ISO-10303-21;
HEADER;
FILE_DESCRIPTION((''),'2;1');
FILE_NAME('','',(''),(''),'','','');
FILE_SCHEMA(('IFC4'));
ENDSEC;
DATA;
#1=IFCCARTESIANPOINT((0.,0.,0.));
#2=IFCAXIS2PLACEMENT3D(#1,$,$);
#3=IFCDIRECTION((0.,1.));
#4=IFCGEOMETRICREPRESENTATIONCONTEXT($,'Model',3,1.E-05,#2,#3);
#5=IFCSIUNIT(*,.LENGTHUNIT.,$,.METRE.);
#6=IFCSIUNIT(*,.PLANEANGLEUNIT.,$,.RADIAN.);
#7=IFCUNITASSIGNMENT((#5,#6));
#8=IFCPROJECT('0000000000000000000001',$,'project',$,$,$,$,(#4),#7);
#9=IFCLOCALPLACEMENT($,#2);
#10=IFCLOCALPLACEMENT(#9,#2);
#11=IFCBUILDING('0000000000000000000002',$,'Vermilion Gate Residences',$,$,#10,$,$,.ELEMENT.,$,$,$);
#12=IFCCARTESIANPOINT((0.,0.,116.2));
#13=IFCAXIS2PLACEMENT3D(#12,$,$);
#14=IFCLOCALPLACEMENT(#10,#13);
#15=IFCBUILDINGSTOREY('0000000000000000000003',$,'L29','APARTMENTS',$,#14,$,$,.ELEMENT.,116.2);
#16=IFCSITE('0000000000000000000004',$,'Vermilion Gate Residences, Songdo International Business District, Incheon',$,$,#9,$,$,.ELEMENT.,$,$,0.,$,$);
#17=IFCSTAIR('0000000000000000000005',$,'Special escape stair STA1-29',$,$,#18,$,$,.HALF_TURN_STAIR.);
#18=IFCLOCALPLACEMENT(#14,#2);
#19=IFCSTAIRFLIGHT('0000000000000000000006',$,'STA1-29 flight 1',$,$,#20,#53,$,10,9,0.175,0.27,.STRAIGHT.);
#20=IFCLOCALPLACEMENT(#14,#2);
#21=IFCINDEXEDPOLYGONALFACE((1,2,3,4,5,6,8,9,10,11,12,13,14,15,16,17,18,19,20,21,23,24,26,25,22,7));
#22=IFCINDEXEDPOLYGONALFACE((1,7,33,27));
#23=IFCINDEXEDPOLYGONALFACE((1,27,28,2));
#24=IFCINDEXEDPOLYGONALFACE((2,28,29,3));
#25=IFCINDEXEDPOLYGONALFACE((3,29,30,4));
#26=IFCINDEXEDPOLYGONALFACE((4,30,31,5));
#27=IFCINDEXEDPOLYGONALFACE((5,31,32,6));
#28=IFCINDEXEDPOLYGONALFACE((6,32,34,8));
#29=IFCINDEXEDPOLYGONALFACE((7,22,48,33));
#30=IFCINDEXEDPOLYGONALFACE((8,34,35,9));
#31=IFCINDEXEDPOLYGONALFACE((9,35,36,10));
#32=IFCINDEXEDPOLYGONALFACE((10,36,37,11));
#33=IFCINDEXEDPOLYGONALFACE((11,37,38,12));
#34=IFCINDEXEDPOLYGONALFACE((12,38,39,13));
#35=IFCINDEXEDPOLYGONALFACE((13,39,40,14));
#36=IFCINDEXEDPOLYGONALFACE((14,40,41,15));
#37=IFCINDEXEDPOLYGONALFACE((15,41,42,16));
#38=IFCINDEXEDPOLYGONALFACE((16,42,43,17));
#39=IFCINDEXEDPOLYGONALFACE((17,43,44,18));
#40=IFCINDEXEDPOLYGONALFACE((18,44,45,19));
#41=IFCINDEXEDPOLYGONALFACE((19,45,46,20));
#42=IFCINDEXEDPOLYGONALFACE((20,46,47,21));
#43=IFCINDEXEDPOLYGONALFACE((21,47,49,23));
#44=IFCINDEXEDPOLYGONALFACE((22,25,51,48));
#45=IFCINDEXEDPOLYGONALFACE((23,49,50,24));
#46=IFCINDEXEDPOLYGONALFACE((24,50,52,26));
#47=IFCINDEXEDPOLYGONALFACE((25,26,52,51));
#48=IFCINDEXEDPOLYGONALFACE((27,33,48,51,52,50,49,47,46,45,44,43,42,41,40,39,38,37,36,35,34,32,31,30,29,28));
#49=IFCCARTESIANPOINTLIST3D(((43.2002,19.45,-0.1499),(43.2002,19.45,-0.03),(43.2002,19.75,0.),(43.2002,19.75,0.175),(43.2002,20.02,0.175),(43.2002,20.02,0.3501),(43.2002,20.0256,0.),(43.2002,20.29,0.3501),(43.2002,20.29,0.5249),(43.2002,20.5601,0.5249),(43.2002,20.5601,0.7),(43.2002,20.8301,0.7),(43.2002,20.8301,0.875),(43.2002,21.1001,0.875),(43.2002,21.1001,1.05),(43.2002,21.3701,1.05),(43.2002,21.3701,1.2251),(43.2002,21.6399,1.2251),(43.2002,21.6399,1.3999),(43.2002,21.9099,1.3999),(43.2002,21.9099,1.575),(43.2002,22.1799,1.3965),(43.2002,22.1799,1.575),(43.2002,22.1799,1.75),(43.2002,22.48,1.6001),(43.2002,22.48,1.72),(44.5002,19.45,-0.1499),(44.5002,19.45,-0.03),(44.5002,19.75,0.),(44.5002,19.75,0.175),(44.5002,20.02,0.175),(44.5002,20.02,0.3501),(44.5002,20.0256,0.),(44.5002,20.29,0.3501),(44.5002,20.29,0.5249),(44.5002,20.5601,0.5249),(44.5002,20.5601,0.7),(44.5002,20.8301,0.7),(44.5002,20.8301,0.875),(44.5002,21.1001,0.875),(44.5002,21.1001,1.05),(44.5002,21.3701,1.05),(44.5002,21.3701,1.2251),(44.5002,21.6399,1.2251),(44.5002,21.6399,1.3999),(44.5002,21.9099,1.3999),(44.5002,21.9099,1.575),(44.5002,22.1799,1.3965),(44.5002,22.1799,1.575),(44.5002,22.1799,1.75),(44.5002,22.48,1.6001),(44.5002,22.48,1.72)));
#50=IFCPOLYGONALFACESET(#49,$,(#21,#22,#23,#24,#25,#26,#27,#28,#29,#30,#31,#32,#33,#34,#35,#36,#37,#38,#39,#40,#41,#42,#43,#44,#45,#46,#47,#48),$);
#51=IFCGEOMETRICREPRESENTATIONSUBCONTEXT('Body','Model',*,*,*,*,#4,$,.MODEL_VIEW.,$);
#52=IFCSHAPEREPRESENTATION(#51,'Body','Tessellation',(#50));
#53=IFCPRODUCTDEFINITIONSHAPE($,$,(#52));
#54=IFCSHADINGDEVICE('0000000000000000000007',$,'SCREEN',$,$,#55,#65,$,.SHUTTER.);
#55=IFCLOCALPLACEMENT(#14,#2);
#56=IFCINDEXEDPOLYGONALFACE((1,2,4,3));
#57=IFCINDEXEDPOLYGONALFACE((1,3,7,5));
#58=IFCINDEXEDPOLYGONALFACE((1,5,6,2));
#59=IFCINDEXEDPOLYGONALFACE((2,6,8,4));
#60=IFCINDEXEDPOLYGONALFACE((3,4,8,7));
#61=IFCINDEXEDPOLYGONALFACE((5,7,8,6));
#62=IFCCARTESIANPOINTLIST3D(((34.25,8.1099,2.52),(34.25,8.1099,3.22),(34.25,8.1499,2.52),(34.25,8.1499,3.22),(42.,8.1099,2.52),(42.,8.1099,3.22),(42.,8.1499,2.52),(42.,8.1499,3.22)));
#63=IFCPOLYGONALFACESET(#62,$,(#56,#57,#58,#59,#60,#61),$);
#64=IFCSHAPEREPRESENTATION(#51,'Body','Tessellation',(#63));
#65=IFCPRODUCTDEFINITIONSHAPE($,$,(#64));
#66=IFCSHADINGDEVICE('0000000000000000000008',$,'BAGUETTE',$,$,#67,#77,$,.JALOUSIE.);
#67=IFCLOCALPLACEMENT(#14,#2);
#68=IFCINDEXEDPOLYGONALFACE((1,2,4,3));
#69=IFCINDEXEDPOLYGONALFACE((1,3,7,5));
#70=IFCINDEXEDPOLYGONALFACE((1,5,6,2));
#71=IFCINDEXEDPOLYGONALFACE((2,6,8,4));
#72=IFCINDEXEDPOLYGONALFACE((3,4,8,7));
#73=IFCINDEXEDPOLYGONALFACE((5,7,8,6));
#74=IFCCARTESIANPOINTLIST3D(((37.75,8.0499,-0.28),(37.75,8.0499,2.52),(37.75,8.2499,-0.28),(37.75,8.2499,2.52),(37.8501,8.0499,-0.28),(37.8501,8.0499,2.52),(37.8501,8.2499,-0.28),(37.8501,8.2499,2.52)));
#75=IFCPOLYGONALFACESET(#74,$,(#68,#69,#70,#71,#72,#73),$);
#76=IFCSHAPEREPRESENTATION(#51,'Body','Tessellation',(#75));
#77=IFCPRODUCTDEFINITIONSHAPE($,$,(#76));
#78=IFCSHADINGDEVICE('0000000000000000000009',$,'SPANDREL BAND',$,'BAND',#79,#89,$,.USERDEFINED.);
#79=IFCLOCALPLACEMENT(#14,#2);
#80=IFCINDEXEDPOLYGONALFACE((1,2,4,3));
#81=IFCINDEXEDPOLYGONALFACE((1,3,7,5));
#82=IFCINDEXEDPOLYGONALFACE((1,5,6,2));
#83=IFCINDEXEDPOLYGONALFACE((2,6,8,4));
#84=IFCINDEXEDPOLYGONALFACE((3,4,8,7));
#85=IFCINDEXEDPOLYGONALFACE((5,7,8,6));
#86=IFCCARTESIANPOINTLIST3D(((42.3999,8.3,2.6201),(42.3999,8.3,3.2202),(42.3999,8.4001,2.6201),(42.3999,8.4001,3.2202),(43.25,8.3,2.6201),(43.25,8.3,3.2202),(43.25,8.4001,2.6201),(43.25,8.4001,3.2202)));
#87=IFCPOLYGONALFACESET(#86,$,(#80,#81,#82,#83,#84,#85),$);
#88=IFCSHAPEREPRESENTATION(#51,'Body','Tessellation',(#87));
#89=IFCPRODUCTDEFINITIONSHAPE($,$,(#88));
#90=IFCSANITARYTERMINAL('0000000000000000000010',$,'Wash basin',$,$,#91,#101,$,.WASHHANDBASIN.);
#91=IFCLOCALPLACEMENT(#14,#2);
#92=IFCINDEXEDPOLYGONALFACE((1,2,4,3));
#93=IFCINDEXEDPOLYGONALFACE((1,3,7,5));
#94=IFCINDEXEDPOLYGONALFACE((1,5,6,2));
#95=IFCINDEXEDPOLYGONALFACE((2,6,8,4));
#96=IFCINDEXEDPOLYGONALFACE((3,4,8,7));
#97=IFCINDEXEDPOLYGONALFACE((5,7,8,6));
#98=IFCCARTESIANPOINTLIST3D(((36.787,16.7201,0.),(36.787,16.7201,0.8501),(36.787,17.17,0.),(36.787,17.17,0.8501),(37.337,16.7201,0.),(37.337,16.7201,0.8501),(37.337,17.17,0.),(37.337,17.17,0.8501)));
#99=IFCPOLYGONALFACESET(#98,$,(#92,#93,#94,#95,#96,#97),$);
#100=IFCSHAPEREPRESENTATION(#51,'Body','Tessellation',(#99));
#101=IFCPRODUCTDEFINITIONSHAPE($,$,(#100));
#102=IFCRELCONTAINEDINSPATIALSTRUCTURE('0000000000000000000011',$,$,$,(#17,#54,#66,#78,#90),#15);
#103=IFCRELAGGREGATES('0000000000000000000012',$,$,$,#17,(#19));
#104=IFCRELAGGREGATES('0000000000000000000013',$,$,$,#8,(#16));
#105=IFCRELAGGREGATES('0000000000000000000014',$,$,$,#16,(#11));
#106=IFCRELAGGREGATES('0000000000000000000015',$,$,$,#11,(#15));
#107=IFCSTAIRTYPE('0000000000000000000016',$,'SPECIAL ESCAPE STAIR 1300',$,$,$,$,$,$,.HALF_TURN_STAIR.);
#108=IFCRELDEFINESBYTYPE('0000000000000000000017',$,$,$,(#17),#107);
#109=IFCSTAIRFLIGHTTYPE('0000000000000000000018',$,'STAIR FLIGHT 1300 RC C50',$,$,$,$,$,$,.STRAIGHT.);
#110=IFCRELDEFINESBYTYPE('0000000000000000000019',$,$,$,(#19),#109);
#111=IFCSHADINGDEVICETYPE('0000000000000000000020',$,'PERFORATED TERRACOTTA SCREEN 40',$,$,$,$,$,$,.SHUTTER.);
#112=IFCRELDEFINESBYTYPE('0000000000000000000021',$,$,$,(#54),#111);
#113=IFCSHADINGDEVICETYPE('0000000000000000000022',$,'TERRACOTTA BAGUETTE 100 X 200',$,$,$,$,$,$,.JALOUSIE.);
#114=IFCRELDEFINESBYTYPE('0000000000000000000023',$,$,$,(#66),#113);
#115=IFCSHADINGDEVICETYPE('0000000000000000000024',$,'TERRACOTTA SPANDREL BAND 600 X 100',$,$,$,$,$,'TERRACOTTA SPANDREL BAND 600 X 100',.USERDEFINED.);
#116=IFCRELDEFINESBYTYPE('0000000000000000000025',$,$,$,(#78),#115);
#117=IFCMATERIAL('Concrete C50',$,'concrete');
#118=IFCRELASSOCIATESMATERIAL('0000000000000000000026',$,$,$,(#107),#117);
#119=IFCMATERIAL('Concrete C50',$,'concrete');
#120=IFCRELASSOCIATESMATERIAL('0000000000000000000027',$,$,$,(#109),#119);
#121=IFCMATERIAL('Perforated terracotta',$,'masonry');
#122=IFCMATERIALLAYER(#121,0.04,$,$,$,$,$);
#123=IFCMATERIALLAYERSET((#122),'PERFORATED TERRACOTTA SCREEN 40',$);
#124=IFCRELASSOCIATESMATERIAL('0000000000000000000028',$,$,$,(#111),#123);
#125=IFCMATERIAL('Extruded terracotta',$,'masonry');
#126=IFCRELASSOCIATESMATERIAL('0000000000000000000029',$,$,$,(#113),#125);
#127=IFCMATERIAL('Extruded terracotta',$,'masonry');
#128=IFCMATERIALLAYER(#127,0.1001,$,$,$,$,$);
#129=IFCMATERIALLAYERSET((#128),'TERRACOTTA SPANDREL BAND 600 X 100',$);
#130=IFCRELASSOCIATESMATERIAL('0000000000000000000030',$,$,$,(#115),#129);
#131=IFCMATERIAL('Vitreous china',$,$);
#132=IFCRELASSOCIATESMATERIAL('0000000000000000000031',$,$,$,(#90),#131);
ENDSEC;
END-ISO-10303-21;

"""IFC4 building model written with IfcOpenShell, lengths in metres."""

from ifc_helpers import new_model, si_unit, direction, frame, origin, origin_2d, place, context, subcontext, project, spatial, polyline, rectangle, outline, extrude, material, layer, layer_set, material_profile, profile_set, type_object, element, aggregate, save


model = new_model("IFC4")

# Units and contexts
model_context = context("Model", 3, precision=1e-05, world=origin(), true_north=direction((0.0, 1.0)))
body_context = subcontext(model_context, "Body", "Model", "MODEL_VIEW")
ifc_project = project(units=[si_unit("LENGTHUNIT", "METRE"), si_unit("PLANEANGLEUNIT", "RADIAN")], contexts=[model_context])

# Site, building, storey
site_placement = place(None, origin())
site = spatial("IfcSite", under=ifc_project, at=site_placement, Name="Vermilion Gate Residences, Songdo International Business District, Incheon", CompositionType="ELEMENT", RefElevation=0.0)
building_placement = place(site_placement, origin())
building = spatial("IfcBuilding", under=site, at=building_placement, Name="Vermilion Gate Residences", CompositionType="ELEMENT")
storey_placement = place(building_placement, frame((0.0, 0.0, 116.2)))
storey = spatial("IfcBuildingStorey", under=building, at=storey_placement, Name="L29", Description="APARTMENTS", CompositionType="ELEMENT", Elevation=116.2)

# Stair, stair flight
ifc_material_1 = material(Name="Concrete C50", Category="concrete")
stair_type = type_object("IfcStairType", Name="SPECIAL ESCAPE STAIR 1300", PredefinedType="HALF_TURN_STAIR", material=ifc_material_1)
stair_placement = place(storey_placement, origin())
stair = element("IfcStair", 1, at=stair_placement, inside=storey, type_object=stair_type, Name="Special escape stair STA1-29", PredefinedType="HALF_TURN_STAIR")
ifc_material_2 = material(Name="Concrete C50", Category="concrete")
stair_flight_type = type_object("IfcStairFlightType", Name="STAIR FLIGHT 1300 RC C50", PredefinedType="STRAIGHT", material=ifc_material_2)
stair_flight_placement = place(storey_placement, frame((43.8501, 19.75, 0.0), z_axis=(0.0, 0.0, 1.0), x_axis=(0.0, 1.0, 0.0)))
stair_flight = element("IfcStairFlight", 2, at=stair_flight_placement, type_object=stair_flight_type, Name="STA1-29 flight 1", NumberOfRisers=10, NumberOfTreads=9, PredefinedType="STRAIGHT", RiserHeight=0.175, TreadLength=0.27, context=body_context, shape_type="SweptSolid", body=[
    extrude(outline(polyline([(-0.3, -0.1499), (-0.3, -0.03), (0.0, 0.0), (0.0, 0.175), (0.27, 0.175), (0.27, 0.3501), (0.54, 0.3501), (0.54, 0.5249), (0.8101, 0.5249), (0.8101, 0.7), (1.0801, 0.7), (1.0801, 0.875), (1.3501, 0.875), (1.3501, 1.05), (1.6201, 1.05), (1.6201, 1.2251), (1.8899, 1.2251), (1.8899, 1.3999), (2.1599, 1.3999), (2.1599, 1.575), (2.4299, 1.575), (2.4299, 1.75), (2.73, 1.72), (2.73, 1.6001), (2.4299, 1.3965), (0.2756, 0.0), (-0.3, -0.1499)])), frame((0.0, 0.6499, 0.0), z_axis=(0.0, -1.0, 0.0), x_axis=(1.0, 0.0, 0.0)), (0.0, 0.0, 1.0), 1.3),
])
aggregate(stair, [stair_flight])

# Shading device
ifc_material_3 = material(Name="Perforated terracotta", Category="masonry")
ifc_layer_1 = layer(ifc_material_3, 0.04)
ifc_layer_set_1 = layer_set([ifc_layer_1], Name="PERFORATED TERRACOTTA SCREEN 40")
shading_device_type_1 = type_object("IfcShadingDeviceType", Name="PERFORATED TERRACOTTA SCREEN 40", PredefinedType="SHUTTER", material=ifc_layer_set_1)
shading_device_1_placement = place(storey_placement, frame((38.125, 8.1299, 2.52), z_axis=(0.0, 0.0, 1.0), x_axis=(1.0, 0.0, 0.0)))
element("IfcShadingDevice", 3, at=shading_device_1_placement, inside=storey, type_object=shading_device_type_1, Name="SCREEN", PredefinedType="SHUTTER", context=body_context, shape_type="SweptSolid", body=[
    extrude(rectangle(XDim=7.75, YDim=0.04, at=origin_2d()), origin(), (0.0, 0.0, 1.0), 0.7),
])

# Shading devices
ifc_material_4 = material(Name="Extruded terracotta", Category="masonry")
ifc_material_profile_1 = material_profile(ifc_material_4, rectangle(XDim=0.2, YDim=0.1001, at=origin_2d()), Name="BAGUETTE 100 X 200")
ifc_profile_set_1 = profile_set([ifc_material_profile_1], Name="Extruded terracotta")
shading_device_type_2 = type_object("IfcShadingDeviceType", Name="TERRACOTTA BAGUETTE 100 X 200", PredefinedType="JALOUSIE", material=ifc_profile_set_1)
shading_device_2_placement = place(storey_placement, frame((37.8, 8.1499, -0.28), z_axis=(0.0, 0.0, 1.0), x_axis=(0.0, 1.0, 0.0)))
element("IfcShadingDevice", 4, at=shading_device_2_placement, inside=storey, type_object=shading_device_type_2, Name="BAGUETTE", PredefinedType="JALOUSIE", context=body_context, shape_type="SweptSolid", body=[
    extrude(rectangle(XDim=0.2, YDim=0.1001, at=origin_2d()), origin(), (0.0, 0.0, 1.0), 2.8),
])
ifc_material_5 = material(Name="Extruded terracotta", Category="masonry")
ifc_layer_2 = layer(ifc_material_5, 0.1001)
ifc_layer_set_2 = layer_set([ifc_layer_2], Name="TERRACOTTA SPANDREL BAND 600 X 100")
shading_device_type_3 = type_object("IfcShadingDeviceType", Name="TERRACOTTA SPANDREL BAND 600 X 100", ElementType="TERRACOTTA SPANDREL BAND 600 X 100", PredefinedType="USERDEFINED", material=ifc_layer_set_2)
shading_device_3_placement = place(storey_placement, frame((42.825, 8.3501, 2.6201), z_axis=(0.0, 0.0, 1.0), x_axis=(1.0, 0.0, 0.0)))
element("IfcShadingDevice", 5, at=shading_device_3_placement, inside=storey, type_object=shading_device_type_3, Name="SPANDREL BAND", ObjectType="BAND", PredefinedType="USERDEFINED", context=body_context, shape_type="SweptSolid", body=[
    extrude(rectangle(XDim=0.8501, YDim=0.1001, at=origin_2d()), origin(), (0.0, 0.0, 1.0), 0.6001),
])

# Sanitary terminal
ifc_material_6 = material(Name="Vitreous china")
sanitary_terminal_placement = place(storey_placement, frame((37.062, 16.9451, 0.0), z_axis=(0.0, 0.0, 1.0), x_axis=(1.0, 0.0, 0.0)))
element("IfcSanitaryTerminal", 6, at=sanitary_terminal_placement, inside=storey, material=ifc_material_6, Name="Wash basin", PredefinedType="WASHHANDBASIN", context=body_context, shape_type="SweptSolid", body=[
    extrude(rectangle(XDim=0.55, YDim=0.45, at=origin_2d()), origin(), (0.0, 0.0, 1.0), 0.8501),
])

save(model, "model.ifc")
